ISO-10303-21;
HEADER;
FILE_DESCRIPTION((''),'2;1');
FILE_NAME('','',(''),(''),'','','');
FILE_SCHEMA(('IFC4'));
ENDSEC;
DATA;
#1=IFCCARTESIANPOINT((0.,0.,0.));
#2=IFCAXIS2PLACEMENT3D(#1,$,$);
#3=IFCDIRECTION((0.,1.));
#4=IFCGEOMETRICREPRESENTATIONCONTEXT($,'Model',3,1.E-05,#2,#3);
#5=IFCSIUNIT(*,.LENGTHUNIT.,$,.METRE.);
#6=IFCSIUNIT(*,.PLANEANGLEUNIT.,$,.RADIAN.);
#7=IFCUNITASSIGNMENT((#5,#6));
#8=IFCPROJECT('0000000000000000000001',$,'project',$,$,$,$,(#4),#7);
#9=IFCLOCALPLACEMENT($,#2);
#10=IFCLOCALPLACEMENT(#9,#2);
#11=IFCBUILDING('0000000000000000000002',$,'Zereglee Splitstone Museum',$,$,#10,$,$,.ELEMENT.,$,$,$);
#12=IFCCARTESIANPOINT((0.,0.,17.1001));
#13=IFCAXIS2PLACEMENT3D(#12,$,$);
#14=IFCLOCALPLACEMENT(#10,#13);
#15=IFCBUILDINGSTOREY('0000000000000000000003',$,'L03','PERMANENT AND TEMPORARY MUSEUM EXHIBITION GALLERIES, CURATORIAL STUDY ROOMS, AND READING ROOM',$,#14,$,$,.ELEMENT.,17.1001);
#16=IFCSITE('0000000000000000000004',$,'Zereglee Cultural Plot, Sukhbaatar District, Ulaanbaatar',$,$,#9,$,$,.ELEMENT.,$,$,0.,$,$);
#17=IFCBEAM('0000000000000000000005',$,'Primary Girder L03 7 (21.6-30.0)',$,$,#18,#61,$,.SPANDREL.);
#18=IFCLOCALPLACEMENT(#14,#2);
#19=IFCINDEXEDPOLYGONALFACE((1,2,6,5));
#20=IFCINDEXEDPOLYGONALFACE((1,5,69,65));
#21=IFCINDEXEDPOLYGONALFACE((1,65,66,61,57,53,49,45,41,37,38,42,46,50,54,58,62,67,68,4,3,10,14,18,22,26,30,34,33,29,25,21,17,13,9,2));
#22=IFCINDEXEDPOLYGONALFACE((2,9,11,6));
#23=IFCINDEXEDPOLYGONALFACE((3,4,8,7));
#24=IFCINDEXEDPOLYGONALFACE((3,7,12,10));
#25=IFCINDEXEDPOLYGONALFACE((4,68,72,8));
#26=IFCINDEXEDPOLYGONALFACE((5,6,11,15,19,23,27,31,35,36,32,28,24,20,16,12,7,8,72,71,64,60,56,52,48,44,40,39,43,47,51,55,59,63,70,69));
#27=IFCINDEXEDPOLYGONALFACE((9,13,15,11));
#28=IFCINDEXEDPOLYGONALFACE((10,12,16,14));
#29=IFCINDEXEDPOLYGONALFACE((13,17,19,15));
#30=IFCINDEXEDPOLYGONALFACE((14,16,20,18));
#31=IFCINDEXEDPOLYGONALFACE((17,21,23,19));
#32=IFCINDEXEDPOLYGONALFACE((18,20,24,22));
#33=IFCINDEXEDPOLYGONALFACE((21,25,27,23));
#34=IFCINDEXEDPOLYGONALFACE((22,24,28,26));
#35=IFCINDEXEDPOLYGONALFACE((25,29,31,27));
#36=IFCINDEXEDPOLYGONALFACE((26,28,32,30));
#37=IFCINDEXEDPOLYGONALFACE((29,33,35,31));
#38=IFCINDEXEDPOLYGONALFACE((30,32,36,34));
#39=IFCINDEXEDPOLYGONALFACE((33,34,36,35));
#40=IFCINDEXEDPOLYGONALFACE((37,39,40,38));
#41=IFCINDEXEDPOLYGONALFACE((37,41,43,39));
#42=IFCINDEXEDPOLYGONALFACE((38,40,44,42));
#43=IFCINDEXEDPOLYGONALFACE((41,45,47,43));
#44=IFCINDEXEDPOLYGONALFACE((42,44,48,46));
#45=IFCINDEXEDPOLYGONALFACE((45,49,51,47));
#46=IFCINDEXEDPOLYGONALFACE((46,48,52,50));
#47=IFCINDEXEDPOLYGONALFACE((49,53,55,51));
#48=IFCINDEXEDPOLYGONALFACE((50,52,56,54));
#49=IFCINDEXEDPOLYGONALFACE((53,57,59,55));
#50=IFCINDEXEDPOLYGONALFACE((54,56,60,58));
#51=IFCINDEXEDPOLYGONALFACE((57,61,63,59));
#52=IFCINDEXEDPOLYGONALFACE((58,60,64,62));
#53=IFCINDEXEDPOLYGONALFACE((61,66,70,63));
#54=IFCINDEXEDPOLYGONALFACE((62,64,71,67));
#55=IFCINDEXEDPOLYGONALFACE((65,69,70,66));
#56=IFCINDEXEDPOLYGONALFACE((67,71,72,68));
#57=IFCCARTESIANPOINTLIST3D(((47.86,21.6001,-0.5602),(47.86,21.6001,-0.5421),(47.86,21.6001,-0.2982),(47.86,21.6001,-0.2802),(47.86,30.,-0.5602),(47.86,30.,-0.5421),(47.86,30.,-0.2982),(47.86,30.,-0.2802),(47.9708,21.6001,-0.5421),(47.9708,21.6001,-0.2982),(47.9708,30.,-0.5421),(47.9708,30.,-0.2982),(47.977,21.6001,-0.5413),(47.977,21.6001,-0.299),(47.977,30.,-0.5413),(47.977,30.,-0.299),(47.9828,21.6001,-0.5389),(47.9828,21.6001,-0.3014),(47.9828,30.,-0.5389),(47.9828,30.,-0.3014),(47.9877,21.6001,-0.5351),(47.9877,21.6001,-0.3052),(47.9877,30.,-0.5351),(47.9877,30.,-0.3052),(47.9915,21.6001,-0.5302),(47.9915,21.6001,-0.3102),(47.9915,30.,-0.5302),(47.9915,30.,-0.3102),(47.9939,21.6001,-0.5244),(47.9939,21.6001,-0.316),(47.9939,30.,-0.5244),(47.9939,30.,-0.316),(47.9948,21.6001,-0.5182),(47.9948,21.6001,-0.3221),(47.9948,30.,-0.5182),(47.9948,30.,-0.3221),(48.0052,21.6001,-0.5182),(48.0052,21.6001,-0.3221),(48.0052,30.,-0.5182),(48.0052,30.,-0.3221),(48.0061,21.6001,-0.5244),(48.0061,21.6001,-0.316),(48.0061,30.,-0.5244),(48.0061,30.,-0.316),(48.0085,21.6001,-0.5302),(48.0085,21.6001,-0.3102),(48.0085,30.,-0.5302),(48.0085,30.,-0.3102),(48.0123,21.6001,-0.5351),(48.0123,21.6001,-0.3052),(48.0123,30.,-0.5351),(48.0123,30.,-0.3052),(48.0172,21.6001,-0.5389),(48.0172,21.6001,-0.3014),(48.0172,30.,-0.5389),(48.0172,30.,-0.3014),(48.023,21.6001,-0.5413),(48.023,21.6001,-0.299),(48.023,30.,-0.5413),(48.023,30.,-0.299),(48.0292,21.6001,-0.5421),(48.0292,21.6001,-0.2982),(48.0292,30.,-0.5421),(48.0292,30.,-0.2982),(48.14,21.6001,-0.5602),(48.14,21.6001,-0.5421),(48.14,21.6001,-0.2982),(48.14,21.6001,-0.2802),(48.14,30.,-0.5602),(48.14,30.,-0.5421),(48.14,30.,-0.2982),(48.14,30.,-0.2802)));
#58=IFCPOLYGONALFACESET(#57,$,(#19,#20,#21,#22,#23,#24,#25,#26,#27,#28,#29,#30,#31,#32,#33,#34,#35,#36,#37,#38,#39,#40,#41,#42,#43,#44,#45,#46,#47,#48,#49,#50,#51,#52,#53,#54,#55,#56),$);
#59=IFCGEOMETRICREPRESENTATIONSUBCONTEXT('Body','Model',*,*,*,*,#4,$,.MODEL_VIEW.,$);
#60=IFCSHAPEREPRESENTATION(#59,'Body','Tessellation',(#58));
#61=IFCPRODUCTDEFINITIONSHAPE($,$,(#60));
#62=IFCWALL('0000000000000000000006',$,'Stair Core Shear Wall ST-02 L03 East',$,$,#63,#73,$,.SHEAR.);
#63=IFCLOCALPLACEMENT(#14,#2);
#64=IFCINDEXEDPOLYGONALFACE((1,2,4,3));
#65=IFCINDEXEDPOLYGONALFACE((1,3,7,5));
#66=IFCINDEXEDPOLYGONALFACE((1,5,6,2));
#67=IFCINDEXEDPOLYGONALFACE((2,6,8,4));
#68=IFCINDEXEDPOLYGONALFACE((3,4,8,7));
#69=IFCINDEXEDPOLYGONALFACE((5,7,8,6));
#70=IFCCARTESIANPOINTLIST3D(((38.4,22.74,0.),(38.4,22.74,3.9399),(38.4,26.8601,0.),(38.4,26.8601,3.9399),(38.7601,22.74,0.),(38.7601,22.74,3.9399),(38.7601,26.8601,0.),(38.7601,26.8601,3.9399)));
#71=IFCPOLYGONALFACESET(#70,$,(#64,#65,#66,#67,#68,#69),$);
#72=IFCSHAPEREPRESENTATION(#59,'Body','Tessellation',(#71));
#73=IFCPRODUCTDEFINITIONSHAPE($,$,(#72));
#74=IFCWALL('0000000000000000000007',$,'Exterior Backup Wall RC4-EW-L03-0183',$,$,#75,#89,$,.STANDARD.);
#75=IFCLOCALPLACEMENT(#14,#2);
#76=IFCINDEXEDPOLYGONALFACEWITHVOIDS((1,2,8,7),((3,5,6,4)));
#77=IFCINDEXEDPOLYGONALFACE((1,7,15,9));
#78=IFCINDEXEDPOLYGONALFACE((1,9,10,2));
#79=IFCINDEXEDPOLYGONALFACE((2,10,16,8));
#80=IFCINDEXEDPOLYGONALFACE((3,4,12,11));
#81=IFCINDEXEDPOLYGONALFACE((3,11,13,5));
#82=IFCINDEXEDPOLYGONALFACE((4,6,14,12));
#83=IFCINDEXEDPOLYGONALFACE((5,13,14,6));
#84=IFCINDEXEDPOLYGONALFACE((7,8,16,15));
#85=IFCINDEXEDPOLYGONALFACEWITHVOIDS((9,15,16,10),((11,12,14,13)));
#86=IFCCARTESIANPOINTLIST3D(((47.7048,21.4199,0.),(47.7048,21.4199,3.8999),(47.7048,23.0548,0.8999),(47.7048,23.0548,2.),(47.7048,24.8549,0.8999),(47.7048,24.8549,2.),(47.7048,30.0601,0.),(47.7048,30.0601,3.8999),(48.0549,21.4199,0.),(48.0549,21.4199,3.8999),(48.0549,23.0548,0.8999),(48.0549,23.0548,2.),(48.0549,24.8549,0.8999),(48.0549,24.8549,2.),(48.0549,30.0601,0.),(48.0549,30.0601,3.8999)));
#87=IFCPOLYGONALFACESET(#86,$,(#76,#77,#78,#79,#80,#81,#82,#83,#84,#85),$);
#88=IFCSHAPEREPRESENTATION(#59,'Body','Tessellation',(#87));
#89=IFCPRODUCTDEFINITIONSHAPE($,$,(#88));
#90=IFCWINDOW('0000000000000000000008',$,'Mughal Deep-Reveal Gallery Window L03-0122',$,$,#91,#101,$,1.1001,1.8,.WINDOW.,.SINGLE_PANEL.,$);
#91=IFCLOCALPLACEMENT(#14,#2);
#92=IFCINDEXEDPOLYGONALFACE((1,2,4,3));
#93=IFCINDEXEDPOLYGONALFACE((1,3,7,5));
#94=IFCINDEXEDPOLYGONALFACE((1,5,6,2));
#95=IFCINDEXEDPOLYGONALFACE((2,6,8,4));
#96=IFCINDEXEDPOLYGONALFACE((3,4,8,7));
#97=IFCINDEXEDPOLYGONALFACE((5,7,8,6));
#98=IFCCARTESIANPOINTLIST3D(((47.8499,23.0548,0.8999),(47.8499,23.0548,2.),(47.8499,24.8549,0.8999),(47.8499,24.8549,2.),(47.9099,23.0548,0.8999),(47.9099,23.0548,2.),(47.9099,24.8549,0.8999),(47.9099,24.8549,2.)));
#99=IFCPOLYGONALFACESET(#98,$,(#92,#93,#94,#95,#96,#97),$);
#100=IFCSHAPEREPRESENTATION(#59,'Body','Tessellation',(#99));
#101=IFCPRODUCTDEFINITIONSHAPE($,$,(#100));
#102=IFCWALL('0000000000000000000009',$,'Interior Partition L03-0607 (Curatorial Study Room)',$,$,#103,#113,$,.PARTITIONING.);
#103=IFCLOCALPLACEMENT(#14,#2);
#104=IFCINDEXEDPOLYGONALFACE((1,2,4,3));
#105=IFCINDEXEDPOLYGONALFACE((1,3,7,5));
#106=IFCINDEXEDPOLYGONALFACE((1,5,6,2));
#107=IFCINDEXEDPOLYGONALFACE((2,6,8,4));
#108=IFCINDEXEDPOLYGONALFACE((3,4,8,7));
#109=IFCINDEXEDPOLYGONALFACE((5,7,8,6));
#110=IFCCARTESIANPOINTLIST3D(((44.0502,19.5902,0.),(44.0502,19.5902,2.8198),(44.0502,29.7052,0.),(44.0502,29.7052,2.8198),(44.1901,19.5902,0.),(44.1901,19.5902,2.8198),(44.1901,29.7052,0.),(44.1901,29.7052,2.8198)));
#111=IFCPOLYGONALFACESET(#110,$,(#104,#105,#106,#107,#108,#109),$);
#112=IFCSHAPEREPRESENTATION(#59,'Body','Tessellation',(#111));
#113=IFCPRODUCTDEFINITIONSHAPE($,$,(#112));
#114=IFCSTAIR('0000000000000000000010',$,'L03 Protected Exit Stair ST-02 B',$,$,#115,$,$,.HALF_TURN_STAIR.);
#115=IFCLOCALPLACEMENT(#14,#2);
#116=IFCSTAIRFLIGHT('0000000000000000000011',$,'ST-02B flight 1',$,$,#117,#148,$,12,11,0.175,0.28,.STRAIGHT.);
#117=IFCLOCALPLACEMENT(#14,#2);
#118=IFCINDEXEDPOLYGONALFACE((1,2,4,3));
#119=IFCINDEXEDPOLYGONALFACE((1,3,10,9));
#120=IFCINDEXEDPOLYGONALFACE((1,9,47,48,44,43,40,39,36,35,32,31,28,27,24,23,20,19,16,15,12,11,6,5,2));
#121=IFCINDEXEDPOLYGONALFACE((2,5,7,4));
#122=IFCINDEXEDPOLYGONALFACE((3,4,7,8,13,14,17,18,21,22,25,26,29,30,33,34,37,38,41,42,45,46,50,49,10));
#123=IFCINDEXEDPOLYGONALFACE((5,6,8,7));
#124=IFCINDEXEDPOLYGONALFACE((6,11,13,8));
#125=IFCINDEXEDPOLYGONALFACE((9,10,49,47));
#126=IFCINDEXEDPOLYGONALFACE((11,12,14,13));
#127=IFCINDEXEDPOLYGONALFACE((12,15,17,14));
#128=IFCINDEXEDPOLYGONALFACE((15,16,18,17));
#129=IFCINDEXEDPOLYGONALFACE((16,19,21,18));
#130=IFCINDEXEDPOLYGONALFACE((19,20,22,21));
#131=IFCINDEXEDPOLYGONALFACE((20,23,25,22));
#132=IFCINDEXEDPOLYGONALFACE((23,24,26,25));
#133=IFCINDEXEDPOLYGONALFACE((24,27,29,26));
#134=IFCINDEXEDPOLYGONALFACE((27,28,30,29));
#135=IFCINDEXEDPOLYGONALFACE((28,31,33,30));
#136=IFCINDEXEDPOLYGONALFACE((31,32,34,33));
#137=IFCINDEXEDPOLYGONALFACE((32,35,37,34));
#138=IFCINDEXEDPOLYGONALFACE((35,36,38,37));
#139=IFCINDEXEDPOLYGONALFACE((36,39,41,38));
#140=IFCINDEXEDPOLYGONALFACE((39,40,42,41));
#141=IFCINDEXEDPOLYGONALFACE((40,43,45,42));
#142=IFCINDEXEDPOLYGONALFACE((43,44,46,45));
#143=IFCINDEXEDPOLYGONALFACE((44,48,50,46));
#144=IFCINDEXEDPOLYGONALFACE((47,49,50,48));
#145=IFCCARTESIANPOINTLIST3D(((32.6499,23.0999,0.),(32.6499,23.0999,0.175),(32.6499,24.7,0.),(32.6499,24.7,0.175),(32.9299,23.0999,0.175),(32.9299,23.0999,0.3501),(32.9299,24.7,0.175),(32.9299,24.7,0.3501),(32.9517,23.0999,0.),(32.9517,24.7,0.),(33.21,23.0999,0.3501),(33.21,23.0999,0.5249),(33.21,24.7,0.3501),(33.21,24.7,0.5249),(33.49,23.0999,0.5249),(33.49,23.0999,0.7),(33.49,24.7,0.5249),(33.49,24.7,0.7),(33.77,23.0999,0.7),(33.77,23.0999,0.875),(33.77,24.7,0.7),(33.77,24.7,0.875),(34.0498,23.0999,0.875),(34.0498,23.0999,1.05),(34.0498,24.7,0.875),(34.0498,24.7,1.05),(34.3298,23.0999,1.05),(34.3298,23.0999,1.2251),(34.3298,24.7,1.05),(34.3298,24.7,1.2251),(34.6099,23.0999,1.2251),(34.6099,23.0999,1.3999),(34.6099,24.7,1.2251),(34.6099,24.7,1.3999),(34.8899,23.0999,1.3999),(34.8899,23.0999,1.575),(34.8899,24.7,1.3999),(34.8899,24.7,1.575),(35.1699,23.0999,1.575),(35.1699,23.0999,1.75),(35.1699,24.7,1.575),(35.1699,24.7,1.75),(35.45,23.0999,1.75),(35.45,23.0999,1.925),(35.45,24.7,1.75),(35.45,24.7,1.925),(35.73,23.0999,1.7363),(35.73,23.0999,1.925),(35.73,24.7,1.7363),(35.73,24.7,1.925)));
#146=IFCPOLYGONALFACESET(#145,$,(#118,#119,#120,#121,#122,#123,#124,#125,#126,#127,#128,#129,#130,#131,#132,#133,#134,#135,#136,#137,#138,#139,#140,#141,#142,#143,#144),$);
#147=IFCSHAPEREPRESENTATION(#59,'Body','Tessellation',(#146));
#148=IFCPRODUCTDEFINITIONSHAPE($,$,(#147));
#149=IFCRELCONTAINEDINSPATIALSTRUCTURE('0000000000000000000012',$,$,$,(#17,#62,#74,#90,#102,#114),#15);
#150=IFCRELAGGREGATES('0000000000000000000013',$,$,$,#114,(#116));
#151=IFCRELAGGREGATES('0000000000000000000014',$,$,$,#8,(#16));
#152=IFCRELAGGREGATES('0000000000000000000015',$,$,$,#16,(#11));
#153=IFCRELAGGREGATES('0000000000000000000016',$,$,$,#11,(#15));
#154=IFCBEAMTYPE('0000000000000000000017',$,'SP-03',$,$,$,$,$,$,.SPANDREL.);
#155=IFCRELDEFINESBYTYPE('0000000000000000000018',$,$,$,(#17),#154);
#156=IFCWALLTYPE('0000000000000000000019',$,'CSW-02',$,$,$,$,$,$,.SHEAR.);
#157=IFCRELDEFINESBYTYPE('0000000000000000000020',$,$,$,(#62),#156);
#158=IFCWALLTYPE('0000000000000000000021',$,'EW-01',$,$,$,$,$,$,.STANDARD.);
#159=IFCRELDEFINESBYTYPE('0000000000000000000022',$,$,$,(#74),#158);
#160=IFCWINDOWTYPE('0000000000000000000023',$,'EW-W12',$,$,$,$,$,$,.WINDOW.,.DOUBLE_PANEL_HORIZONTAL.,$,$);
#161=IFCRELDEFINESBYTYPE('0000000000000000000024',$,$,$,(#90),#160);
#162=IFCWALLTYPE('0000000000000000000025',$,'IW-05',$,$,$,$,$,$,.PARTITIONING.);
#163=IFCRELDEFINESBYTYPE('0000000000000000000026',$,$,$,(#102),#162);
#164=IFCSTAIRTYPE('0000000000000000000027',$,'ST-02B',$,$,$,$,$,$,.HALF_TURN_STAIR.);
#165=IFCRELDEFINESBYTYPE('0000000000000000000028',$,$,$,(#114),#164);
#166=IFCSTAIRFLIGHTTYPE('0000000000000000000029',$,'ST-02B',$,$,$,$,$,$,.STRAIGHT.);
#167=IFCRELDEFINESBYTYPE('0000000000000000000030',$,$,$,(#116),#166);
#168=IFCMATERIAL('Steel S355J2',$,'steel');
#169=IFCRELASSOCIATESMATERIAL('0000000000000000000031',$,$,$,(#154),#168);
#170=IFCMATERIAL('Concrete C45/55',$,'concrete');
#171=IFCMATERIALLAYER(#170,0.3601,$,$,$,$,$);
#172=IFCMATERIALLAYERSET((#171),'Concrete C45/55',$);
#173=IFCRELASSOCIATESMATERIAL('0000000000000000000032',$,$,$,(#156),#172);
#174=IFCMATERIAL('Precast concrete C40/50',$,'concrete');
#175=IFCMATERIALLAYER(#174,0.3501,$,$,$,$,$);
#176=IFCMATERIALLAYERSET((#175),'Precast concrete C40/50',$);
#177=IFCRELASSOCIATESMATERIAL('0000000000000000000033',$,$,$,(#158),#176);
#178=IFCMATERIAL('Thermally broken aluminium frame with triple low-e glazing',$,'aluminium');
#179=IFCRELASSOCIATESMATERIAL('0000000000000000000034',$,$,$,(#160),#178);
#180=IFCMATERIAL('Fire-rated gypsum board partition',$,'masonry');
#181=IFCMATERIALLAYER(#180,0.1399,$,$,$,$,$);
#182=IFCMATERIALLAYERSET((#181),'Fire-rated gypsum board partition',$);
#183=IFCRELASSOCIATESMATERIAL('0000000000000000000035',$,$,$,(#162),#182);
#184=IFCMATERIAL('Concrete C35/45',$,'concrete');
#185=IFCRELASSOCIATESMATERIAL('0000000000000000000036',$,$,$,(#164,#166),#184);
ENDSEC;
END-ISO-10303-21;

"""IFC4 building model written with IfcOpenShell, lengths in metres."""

from ifc_helpers import new_model, si_unit, direction, frame, frame_2d, origin, origin_2d, place, context, subcontext, project, spatial, polyline, rectangle, i_section, outline, extrude, material, layer, layer_set, material_profile, profile_set, type_object, element, fill, aggregate, save


model = new_model("IFC4")

# Units and contexts
model_context = context("Model", 3, precision=1e-05, world=origin(), true_north=direction((0.0, 1.0)))
body_context = subcontext(model_context, "Body", "Model", "MODEL_VIEW")
ifc_project = project(units=[si_unit("LENGTHUNIT", "METRE"), si_unit("PLANEANGLEUNIT", "RADIAN")], contexts=[model_context])

# Site, building, storey
site_placement = place(None, origin())
site = spatial("IfcSite", under=ifc_project, at=site_placement, Name="Zereglee Cultural Plot, Sukhbaatar District, Ulaanbaatar", CompositionType="ELEMENT", RefElevation=0.0)
building_placement = place(site_placement, origin())
building = spatial("IfcBuilding", under=site, at=building_placement, Name="Zereglee Splitstone Museum", CompositionType="ELEMENT")
storey_placement = place(building_placement, frame((0.0, 0.0, 17.1001)))
storey = spatial("IfcBuildingStorey", under=building, at=storey_placement, Name="L03", Description="PERMANENT AND TEMPORARY MUSEUM EXHIBITION GALLERIES, CURATORIAL STUDY ROOMS, AND READING ROOM", CompositionType="ELEMENT", Elevation=17.1001)

# Shared definitions
ifc_material_1 = material(Name="Steel S355J2", Category="steel")

# Beam
ifc_material_profile_1 = material_profile(ifc_material_1, i_section(OverallWidth=0.28, OverallDepth=0.28, WebThickness=0.0105, FlangeThickness=0.0181, FilletRadius=0.0239, at=origin_2d()), Name="HE 280 B")
ifc_profile_set_1 = profile_set([ifc_material_profile_1], Name="Steel S355J2")
beam_type_1 = type_object("IfcBeamType", Name="SP-03", PredefinedType="SPANDREL", material=ifc_profile_set_1)
beam_1_placement = place(storey_placement, frame((48.0, 21.6001, -0.4202), z_axis=(0.0, 1.0, 0.0), x_axis=(-1.0, 0.0, 0.0)))
element("IfcBeam", 1, at=beam_1_placement, inside=storey, type_object=beam_type_1, Name="Primary Girder L03 7 (21.6-30.0)", PredefinedType="SPANDREL", context=body_context, shape_type="SweptSolid", body=[
    extrude(i_section(OverallWidth=0.28, OverallDepth=0.28, WebThickness=0.0105, FlangeThickness=0.0181, FilletRadius=0.0239, at=origin_2d()), origin(), (0.0, 0.0, 1.0), 8.3999),
])

# Wall
ifc_material_2 = material(Name="Concrete C45/55", Category="concrete")
ifc_layer_1 = layer(ifc_material_2, 0.3601)
ifc_layer_set_1 = layer_set([ifc_layer_1], Name="Concrete C45/55")
wall_type_1 = type_object("IfcWallType", Name="CSW-02", PredefinedType="SHEAR", material=ifc_layer_set_1)
wall_1_placement = place(storey_placement, frame((38.5801, 22.74, 0.0), z_axis=(0.0, 0.0, 1.0), x_axis=(0.0, 1.0, 0.0)))
element("IfcWall", 2, at=wall_1_placement, inside=storey, type_object=wall_type_1, Name="Stair Core Shear Wall ST-02 L03 East", PredefinedType="SHEAR", context=body_context, shape_type="SweptSolid", body=[
    extrude(rectangle(XDim=4.1201, YDim=0.3601, at=frame_2d((2.0601, 0.0))), origin(), (0.0, 0.0, 1.0), 3.9399),
])

# Wall, opening, window
ifc_material_3 = material(Name="Precast concrete C40/50", Category="concrete")
ifc_layer_2 = layer(ifc_material_3, 0.3501)
ifc_layer_set_2 = layer_set([ifc_layer_2], Name="Precast concrete C40/50")
wall_type_2 = type_object("IfcWallType", Name="EW-01", PredefinedType="STANDARD", material=ifc_layer_set_2)
wall_2_placement = place(storey_placement, frame((47.8799, 21.4199, 0.0), z_axis=(0.0, 0.0, 1.0), x_axis=(0.0, 1.0, 0.0)))
wall_2 = element("IfcWall", 3, at=wall_2_placement, inside=storey, type_object=wall_type_2, Name="Exterior Backup Wall RC4-EW-L03-0183", PredefinedType="STANDARD", context=body_context, shape_type="SweptSolid", body=[
    extrude(rectangle(XDim=8.6401, YDim=0.3501, at=frame_2d((4.3201, 0.0))), origin(), (0.0, 0.0, 1.0), 3.8999),
])
opening_placement = place(wall_2_placement, frame((1.635, 0.0, 0.8999)))
opening = element("IfcOpeningElement", 4, at=opening_placement, cuts=wall_2, PredefinedType="OPENING", context=body_context, shape_type="SweptSolid", body=[
    extrude(rectangle(XDim=1.8, YDim=1.1001, at=frame_2d((0.8999, 0.55))), frame((0.0, 0.1899, 0.0), z_axis=(0.0, -1.0, 0.0), x_axis=(1.0, 0.0, 0.0)), (0.0, 0.0, 1.0), 0.3799),
])
ifc_material_4 = material(Name="Thermally broken aluminium frame with triple low-e glazing", Category="aluminium")
window_type = type_object("IfcWindowType", Name="EW-W12", PartitioningType="DOUBLE_PANEL_HORIZONTAL", PredefinedType="WINDOW", material=ifc_material_4)
window_placement = place(opening_placement, origin())
window = element("IfcWindow", 5, at=window_placement, inside=storey, type_object=window_type, Name="Mughal Deep-Reveal Gallery Window L03-0122", OverallHeight=1.1001, OverallWidth=1.8, PartitioningType="SINGLE_PANEL", PredefinedType="WINDOW", context=body_context, shape_type="SweptSolid", body=[
    extrude(rectangle(XDim=1.8, YDim=1.1001, at=frame_2d((0.8999, 0.55))), frame((0.0, 0.03, 0.0), z_axis=(0.0, -1.0, 0.0), x_axis=(1.0, 0.0, 0.0)), (0.0, 0.0, 1.0), 0.0601),
])
fill(opening, window)

# Wall
ifc_material_5 = material(Name="Fire-rated gypsum board partition", Category="masonry")
ifc_layer_3 = layer(ifc_material_5, 0.1399)
ifc_layer_set_3 = layer_set([ifc_layer_3], Name="Fire-rated gypsum board partition")
wall_type_3 = type_object("IfcWallType", Name="IW-05", PredefinedType="PARTITIONING", material=ifc_layer_set_3)
wall_3_placement = place(storey_placement, frame((44.1201, 19.5901, 0.0), z_axis=(0.0, 0.0, 1.0), x_axis=(0.0, 1.0, 0.0)))
element("IfcWall", 6, at=wall_3_placement, inside=storey, type_object=wall_type_3, Name="Interior Partition L03-0607 (Curatorial Study Room)", PredefinedType="PARTITIONING", context=body_context, shape_type="SweptSolid", body=[
    extrude(rectangle(XDim=10.115, YDim=0.1399, at=frame_2d((5.0576, 0.0))), origin(), (0.0, 0.0, 1.0), 2.8198),
])

# Stair, stair flight
ifc_material_6 = material(Name="Concrete C35/45", Category="concrete")
stair_type = type_object("IfcStairType", Name="ST-02B", PredefinedType="HALF_TURN_STAIR", material=ifc_material_6)
stair_placement = place(storey_placement, origin())
stair = element("IfcStair", 7, at=stair_placement, inside=storey, type_object=stair_type, Name="L03 Protected Exit Stair ST-02 B", PredefinedType="HALF_TURN_STAIR")
stair_flight_type = type_object("IfcStairFlightType", Name="ST-02B", PredefinedType="STRAIGHT", material=ifc_material_6)
stair_flight_1_placement = place(storey_placement, frame((32.6499, 23.8999, 0.0), z_axis=(0.0, 0.0, 1.0), x_axis=(1.0, 0.0, 0.0)))
stair_flight_1 = element("IfcStairFlight", 8, at=stair_flight_1_placement, type_object=stair_flight_type, Name="ST-02B flight 1", NumberOfRisers=12, NumberOfTreads=11, PredefinedType="STRAIGHT", RiserHeight=0.175, TreadLength=0.28, context=body_context, shape_type="SweptSolid", body=[
    extrude(outline(polyline([(0.0, 0.0), (0.0, 0.175), (0.28, 0.175), (0.28, 0.3501), (0.5601, 0.3501), (0.5601, 0.5249), (0.8401, 0.5249), (0.8401, 0.7), (1.1201, 0.7), (1.1201, 0.875), (1.3999, 0.875), (1.3999, 1.05), (1.6799, 1.05), (1.6799, 1.2251), (1.96, 1.2251), (1.96, 1.3999), (2.24, 1.3999), (2.24, 1.575), (2.52, 1.575), (2.52, 1.75), (2.8, 1.75), (2.8, 1.925), (3.0801, 1.925), (3.0801, 2.1001), (3.0801, 1.7363), (0.3018, 0.0), (0.0, 0.0)])), frame((0.0, 0.8, 0.0), z_axis=(0.0, -1.0, 0.0), x_axis=(1.0, 0.0, 0.0)), (0.0, 0.0, 1.0), 1.6001),
])
aggregate(stair, [stair_flight_1])

save(model, "model.ifc")
